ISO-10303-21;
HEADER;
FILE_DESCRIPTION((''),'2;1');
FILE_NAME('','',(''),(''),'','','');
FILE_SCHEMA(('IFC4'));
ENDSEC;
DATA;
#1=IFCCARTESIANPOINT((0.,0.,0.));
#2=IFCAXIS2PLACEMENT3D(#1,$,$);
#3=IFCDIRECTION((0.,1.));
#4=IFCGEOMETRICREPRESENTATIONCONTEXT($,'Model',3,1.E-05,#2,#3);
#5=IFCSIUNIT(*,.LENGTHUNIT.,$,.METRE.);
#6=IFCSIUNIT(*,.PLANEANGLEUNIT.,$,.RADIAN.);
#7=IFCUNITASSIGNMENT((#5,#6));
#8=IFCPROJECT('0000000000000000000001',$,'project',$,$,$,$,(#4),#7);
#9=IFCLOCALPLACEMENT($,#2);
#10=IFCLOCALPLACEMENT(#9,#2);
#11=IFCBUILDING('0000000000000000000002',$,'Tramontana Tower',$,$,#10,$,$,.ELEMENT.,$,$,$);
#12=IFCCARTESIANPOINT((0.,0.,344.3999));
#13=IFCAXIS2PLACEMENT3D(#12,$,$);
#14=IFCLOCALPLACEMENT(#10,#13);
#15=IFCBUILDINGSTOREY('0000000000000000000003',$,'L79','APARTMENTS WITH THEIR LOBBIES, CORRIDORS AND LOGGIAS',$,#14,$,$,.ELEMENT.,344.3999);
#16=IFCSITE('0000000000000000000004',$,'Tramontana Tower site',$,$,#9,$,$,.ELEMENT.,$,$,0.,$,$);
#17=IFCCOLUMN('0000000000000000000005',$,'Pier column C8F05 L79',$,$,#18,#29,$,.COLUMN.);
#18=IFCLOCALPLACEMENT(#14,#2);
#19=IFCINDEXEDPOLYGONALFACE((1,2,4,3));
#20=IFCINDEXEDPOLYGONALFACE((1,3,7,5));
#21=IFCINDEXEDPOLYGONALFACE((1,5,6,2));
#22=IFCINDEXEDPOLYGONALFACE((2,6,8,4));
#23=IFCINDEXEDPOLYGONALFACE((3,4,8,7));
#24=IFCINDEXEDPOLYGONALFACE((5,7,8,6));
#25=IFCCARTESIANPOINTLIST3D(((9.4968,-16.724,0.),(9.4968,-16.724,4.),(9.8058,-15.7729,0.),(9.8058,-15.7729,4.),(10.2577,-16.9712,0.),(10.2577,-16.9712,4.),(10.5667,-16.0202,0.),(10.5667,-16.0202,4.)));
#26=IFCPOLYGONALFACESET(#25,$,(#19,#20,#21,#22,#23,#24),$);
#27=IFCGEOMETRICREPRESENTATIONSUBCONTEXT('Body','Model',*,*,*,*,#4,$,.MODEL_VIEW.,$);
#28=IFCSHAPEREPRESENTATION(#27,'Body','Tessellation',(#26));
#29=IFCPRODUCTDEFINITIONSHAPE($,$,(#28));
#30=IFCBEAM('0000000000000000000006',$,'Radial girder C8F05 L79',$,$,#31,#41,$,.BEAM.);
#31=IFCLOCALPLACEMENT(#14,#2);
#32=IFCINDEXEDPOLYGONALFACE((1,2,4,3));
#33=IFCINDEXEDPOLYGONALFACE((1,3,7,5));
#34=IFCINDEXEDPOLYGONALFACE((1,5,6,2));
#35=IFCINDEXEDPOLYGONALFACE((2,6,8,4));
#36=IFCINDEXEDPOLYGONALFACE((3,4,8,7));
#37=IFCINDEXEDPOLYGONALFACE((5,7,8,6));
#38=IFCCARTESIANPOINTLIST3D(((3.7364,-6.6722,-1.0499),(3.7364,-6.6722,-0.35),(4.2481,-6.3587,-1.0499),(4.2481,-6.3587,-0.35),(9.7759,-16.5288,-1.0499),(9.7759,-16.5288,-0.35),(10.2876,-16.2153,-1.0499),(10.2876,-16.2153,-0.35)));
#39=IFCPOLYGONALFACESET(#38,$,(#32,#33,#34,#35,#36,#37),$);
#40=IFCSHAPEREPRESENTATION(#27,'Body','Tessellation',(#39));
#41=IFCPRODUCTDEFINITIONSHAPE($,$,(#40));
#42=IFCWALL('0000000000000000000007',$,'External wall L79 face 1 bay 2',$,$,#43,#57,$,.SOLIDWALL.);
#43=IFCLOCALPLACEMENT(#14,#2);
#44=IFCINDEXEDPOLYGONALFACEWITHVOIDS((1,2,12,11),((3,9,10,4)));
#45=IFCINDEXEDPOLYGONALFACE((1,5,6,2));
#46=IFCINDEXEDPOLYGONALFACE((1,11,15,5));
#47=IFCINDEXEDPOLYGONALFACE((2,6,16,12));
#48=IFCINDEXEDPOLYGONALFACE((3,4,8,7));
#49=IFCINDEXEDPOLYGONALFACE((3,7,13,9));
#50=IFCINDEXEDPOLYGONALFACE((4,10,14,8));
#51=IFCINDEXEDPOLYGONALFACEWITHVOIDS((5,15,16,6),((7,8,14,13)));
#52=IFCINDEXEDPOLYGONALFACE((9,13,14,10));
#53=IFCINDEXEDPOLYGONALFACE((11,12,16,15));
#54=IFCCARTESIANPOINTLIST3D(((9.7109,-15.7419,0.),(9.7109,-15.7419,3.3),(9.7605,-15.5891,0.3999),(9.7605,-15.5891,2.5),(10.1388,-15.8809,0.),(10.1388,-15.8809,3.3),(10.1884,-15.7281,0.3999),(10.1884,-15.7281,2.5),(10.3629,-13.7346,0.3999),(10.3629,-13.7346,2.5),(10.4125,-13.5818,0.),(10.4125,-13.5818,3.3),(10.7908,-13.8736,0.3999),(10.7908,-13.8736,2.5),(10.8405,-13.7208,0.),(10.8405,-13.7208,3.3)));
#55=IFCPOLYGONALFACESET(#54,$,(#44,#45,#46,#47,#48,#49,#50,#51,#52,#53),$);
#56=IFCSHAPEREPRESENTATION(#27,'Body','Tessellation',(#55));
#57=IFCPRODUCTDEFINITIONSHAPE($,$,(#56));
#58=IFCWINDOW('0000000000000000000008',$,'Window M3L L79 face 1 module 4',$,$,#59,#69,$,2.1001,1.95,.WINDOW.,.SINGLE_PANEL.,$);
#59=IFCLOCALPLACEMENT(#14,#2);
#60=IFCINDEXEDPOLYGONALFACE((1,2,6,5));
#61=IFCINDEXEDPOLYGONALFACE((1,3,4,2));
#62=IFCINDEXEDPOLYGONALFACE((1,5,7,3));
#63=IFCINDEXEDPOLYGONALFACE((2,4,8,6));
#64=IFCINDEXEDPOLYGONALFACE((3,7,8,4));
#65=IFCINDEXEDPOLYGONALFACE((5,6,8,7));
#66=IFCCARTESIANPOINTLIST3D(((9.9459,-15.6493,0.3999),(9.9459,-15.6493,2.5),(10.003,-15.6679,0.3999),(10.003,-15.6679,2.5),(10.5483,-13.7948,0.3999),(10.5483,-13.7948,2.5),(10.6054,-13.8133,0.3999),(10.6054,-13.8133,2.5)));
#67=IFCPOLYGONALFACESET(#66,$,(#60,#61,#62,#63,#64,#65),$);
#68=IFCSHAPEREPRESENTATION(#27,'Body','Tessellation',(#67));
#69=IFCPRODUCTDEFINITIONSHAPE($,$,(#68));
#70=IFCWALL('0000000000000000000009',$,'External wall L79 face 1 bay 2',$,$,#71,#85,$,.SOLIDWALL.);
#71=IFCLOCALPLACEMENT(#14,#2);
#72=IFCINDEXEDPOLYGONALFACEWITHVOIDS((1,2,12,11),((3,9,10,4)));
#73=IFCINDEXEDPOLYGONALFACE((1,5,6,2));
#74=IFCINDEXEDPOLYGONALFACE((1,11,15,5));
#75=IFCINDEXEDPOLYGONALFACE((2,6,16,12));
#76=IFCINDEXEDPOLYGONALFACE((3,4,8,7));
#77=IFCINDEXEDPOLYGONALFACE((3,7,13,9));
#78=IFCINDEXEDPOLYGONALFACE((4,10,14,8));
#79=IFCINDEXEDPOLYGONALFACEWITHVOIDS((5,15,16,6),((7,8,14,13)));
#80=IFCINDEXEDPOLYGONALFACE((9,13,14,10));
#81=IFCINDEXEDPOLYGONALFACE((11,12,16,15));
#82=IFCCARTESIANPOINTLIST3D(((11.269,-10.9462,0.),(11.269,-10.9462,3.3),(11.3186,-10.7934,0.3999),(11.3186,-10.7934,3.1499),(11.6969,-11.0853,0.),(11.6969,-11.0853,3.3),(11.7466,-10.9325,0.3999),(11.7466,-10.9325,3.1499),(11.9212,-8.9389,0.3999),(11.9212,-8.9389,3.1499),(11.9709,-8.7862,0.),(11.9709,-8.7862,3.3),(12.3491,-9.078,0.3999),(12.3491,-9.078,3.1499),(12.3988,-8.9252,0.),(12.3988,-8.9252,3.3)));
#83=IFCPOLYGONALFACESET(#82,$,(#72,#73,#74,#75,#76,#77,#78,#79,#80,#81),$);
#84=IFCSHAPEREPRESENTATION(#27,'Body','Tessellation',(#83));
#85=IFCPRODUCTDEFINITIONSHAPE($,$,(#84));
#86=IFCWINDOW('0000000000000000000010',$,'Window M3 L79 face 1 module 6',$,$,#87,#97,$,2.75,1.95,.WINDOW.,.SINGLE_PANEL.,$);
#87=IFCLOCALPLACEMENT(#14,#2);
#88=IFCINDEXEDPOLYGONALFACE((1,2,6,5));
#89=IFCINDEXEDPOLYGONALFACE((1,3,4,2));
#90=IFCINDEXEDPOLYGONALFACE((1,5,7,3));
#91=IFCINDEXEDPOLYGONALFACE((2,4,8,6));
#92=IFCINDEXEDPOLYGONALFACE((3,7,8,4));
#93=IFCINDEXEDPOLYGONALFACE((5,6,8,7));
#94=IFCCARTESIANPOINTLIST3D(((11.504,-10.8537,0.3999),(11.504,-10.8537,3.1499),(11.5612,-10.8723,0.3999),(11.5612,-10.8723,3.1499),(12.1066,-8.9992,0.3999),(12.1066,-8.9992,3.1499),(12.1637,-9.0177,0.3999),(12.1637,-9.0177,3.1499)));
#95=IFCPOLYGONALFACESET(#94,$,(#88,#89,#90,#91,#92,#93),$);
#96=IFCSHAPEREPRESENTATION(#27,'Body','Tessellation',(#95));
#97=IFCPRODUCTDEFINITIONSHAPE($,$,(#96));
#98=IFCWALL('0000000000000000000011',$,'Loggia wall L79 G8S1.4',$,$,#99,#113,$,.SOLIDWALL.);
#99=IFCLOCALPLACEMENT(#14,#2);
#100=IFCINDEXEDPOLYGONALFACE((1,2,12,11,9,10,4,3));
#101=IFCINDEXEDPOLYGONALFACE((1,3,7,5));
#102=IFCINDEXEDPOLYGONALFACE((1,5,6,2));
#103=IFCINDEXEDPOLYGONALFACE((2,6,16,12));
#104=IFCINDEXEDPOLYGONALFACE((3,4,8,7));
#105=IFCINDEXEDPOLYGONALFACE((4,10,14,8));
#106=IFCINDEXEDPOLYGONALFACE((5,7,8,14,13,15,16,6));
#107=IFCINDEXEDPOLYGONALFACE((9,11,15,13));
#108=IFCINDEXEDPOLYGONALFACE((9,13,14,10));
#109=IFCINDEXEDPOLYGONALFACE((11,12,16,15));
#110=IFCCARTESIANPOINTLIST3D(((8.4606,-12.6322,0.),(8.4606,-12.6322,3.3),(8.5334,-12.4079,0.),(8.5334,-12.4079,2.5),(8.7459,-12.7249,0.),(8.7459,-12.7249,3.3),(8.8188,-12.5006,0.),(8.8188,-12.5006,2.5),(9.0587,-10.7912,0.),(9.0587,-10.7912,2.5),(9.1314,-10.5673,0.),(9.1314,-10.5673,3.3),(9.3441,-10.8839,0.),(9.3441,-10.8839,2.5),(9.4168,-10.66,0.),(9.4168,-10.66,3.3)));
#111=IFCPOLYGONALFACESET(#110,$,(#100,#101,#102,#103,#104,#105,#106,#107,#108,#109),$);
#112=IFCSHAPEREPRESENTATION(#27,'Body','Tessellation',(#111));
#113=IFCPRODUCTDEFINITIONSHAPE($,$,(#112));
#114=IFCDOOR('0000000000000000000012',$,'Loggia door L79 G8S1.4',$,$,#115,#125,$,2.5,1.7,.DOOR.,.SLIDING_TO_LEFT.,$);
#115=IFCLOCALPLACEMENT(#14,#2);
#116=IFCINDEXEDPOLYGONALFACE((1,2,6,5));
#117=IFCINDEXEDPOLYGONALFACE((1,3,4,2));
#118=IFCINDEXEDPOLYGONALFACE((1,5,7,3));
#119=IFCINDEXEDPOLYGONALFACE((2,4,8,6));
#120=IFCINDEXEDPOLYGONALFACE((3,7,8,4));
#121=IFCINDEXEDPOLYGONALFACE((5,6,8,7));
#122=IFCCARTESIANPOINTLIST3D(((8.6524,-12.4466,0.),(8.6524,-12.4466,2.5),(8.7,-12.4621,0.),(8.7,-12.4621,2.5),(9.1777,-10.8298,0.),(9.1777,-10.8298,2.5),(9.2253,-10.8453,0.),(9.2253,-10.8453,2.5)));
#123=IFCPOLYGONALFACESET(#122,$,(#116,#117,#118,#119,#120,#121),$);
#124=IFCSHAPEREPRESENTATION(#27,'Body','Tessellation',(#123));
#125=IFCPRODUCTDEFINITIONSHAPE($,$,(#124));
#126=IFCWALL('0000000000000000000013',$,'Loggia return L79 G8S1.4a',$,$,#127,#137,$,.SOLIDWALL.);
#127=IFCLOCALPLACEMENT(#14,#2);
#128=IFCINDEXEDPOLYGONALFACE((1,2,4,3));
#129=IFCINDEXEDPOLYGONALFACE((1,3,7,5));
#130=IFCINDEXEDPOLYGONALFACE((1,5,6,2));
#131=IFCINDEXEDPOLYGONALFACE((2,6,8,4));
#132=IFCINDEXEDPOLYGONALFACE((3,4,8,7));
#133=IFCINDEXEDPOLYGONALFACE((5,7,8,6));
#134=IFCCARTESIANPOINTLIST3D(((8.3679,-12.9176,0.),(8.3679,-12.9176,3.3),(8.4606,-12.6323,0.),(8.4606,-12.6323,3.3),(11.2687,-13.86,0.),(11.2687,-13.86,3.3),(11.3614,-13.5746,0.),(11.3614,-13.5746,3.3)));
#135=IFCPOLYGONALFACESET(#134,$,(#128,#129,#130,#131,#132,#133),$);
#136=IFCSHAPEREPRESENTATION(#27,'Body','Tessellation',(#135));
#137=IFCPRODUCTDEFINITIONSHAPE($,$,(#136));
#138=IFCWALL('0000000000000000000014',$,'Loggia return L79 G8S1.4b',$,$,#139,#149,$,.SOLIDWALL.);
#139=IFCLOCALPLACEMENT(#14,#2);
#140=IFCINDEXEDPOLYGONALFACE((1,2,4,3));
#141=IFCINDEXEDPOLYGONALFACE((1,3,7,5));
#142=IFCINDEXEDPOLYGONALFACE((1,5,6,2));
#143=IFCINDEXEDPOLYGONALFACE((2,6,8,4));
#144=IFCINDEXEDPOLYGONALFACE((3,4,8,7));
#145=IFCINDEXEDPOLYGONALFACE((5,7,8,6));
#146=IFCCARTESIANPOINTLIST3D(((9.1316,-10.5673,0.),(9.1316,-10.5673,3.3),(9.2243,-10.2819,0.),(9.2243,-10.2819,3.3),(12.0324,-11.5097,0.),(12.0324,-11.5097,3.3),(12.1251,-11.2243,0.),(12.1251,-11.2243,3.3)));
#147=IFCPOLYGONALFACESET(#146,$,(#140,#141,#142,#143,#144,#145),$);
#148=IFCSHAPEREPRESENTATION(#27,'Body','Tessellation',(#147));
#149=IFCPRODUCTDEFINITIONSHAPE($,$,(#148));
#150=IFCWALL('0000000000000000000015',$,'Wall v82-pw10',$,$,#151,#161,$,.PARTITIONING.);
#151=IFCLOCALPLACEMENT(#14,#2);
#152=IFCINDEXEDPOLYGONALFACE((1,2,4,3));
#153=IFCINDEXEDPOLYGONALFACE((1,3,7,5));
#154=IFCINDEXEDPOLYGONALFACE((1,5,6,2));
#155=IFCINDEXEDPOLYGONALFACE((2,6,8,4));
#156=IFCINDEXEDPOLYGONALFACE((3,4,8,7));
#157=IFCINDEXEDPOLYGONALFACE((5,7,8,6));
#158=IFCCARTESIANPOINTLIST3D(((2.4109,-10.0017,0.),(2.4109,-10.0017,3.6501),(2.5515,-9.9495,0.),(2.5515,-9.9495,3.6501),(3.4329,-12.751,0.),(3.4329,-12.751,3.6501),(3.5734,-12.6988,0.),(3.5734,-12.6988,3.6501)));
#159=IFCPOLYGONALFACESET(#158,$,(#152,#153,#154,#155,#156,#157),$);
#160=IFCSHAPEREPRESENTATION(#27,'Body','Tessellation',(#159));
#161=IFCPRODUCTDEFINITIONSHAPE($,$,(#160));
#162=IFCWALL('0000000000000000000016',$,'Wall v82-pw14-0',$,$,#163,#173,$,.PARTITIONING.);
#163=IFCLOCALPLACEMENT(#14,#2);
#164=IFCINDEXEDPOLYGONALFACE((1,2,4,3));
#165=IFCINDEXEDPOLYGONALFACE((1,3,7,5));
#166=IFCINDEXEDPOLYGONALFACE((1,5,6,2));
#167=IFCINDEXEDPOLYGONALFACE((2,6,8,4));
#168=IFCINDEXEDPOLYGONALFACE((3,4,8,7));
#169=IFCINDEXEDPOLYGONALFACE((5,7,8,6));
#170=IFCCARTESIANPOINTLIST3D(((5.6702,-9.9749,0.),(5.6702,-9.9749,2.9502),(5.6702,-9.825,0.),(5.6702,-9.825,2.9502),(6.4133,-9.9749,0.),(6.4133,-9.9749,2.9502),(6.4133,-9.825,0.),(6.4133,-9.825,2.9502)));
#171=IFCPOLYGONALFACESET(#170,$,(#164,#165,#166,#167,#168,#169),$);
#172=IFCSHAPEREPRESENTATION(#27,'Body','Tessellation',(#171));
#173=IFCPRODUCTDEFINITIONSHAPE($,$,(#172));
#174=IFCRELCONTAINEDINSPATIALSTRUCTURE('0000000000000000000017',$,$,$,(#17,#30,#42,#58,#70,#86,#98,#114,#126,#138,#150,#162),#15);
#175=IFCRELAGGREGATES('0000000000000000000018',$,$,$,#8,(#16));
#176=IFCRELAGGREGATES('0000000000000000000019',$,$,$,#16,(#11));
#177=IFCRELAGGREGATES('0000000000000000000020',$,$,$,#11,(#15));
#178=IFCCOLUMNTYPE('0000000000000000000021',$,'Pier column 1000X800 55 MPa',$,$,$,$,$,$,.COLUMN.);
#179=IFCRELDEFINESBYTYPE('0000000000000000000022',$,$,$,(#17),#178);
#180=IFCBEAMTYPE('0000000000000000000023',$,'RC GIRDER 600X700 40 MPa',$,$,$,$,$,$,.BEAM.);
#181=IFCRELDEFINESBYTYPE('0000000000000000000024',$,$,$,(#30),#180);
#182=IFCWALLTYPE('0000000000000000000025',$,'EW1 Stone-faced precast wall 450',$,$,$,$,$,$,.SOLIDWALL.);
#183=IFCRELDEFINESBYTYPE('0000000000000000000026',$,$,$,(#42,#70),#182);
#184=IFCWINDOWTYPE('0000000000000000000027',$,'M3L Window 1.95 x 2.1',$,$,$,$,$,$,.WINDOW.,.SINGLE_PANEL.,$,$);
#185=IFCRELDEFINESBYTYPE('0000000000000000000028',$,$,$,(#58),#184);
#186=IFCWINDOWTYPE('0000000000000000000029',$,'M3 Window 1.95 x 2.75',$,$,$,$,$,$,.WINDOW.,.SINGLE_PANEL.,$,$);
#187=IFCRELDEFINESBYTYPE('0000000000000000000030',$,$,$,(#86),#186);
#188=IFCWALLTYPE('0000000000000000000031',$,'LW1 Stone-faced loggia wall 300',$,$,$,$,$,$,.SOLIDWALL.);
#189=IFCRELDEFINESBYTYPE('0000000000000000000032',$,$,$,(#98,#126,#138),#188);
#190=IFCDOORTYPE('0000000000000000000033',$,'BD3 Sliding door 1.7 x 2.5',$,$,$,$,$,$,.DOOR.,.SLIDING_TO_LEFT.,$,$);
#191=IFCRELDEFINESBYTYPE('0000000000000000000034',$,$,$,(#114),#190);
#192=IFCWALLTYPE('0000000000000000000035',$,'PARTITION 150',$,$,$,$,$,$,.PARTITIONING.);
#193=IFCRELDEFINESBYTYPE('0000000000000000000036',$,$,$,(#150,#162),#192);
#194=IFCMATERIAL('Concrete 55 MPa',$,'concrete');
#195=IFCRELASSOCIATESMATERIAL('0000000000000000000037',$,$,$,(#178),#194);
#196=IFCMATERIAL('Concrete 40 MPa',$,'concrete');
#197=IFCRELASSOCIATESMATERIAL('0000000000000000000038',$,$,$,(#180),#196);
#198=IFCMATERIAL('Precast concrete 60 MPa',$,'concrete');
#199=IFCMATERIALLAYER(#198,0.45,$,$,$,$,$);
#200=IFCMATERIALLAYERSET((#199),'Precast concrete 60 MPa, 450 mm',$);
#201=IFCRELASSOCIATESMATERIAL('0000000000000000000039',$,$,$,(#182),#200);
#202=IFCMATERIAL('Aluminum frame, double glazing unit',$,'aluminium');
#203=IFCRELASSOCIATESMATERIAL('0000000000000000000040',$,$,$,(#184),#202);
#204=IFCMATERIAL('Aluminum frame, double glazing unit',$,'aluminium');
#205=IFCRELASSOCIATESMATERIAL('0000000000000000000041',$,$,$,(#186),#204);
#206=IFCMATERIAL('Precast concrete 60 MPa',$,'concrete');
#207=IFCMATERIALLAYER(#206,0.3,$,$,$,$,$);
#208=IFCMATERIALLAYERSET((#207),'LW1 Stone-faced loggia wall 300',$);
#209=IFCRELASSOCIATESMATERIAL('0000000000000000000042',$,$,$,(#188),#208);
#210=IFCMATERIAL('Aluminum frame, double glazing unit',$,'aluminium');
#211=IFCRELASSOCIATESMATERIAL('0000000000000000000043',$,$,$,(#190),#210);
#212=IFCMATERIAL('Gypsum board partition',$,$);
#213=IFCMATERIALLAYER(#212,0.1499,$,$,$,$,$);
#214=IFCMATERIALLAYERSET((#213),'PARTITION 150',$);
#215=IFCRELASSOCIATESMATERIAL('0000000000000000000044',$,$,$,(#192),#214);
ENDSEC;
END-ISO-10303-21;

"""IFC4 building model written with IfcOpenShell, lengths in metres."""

from ifc_helpers import new_model, si_unit, direction, frame, frame_2d, origin, origin_2d, place, context, subcontext, project, spatial, rectangle, extrude, material, layer, layer_set, material_profile, profile_set, type_object, element, fill, save


model = new_model("IFC4")

# Units and contexts
model_context = context("Model", 3, precision=1e-05, world=origin(), true_north=direction((0.0, 1.0)))
body_context = subcontext(model_context, "Body", "Model", "MODEL_VIEW")
ifc_project = project(units=[si_unit("LENGTHUNIT", "METRE"), si_unit("PLANEANGLEUNIT", "RADIAN")], contexts=[model_context])

# Site, building, storey
site_placement = place(None, origin())
site = spatial("IfcSite", under=ifc_project, at=site_placement, Name="Tramontana Tower site", CompositionType="ELEMENT", RefElevation=0.0)
building_placement = place(site_placement, origin())
building = spatial("IfcBuilding", under=site, at=building_placement, Name="Tramontana Tower", CompositionType="ELEMENT")
storey_placement = place(building_placement, frame((0.0, 0.0, 344.3999)))
storey = spatial("IfcBuildingStorey", under=building, at=storey_placement, Name="L79", Description="APARTMENTS WITH THEIR LOBBIES, CORRIDORS AND LOGGIAS", CompositionType="ELEMENT", Elevation=344.3999)

# Column
ifc_material_1 = material(Name="Concrete 55 MPa", Category="concrete")
ifc_material_profile_1 = material_profile(ifc_material_1, rectangle(XDim=1.0, YDim=0.8, at=origin_2d()), Name="Pier column 1000X800 55 MPa")
ifc_profile_set_1 = profile_set([ifc_material_profile_1], Name="Concrete 55 MPa")
column_type = type_object("IfcColumnType", Name="Pier column 1000X800 55 MPa", PredefinedType="COLUMN", material=ifc_profile_set_1)
column_placement = place(storey_placement, frame((10.0317, -16.3721, 0.0), z_axis=(0.0, 0.0, 1.0), x_axis=(0.309017, 0.951057, 0.0)))
element("IfcColumn", 1, at=column_placement, inside=storey, type_object=column_type, Name="Pier column C8F05 L79", PredefinedType="COLUMN", context=body_context, shape_type="SweptSolid", body=[
    extrude(rectangle(XDim=1.0, YDim=0.8, at=origin_2d()), origin(), (0.0, 0.0, 1.0), 4.0),
])

# Beam
ifc_material_2 = material(Name="Concrete 40 MPa", Category="concrete")
ifc_material_profile_2 = material_profile(ifc_material_2, rectangle(XDim=0.6001, YDim=0.7, at=origin_2d()), Name="RC GIRDER 600X700 40 MPa")
ifc_profile_set_2 = profile_set([ifc_material_profile_2], Name="Concrete 40 MPa")
beam_type = type_object("IfcBeamType", Name="RC GIRDER 600X700 40 MPa", PredefinedType="BEAM", material=ifc_profile_set_2)
beam_placement = place(storey_placement, frame((10.0317, -16.3721, -0.7), z_axis=(-0.522459, 0.852665, 0.0), x_axis=(-0.852665, -0.522459, 0.0)))
element("IfcBeam", 2, at=beam_placement, inside=storey, type_object=beam_type, Name="Radial girder C8F05 L79", PredefinedType="BEAM", context=body_context, shape_type="SweptSolid", body=[
    extrude(rectangle(XDim=0.6001, YDim=0.7, at=origin_2d()), origin(), (0.0, 0.0, 1.0), 11.5598),
])

# Walls, openings, windows
ifc_material_3 = material(Name="Precast concrete 60 MPa", Category="concrete")
ifc_layer_1 = layer(ifc_material_3, 0.45)
ifc_layer_set_1 = layer_set([ifc_layer_1], Name="Precast concrete 60 MPa, 450 mm")
wall_type_1 = type_object("IfcWallType", Name="EW1 Stone-faced precast wall 450", PredefinedType="SOLIDWALL", material=ifc_layer_set_1)
wall_1_placement = place(storey_placement, frame((9.9248, -15.8115, 0.0), z_axis=(0.0, 0.0, 1.0), x_axis=(0.308931, 0.951085, 0.0)))
wall_1 = element("IfcWall", 3, at=wall_1_placement, inside=storey, type_object=wall_type_1, Name="External wall L79 face 1 bay 2", PredefinedType="SOLIDWALL", context=body_context, shape_type="SweptSolid", body=[
    extrude(rectangle(XDim=2.2712, YDim=0.45, at=frame_2d((1.1357, 0.0))), origin(), (0.0, 0.0, 1.0), 3.3),
])
opening_1_placement = place(wall_1_placement, frame((0.1606, 0.0, 0.3999)))
opening_1 = element("IfcOpeningElement", 4, at=opening_1_placement, cuts=wall_1, PredefinedType="OPENING", context=body_context, shape_type="SweptSolid", body=[
    extrude(rectangle(XDim=1.95, YDim=2.1001, at=frame_2d((0.9751, 1.05))), frame((0.0, 0.2349, 0.0), z_axis=(0.0, -1.0, 0.0), x_axis=(1.0, 0.0, 0.0)), (0.0, 0.0, 1.0), 0.47),
])
ifc_material_4 = material(Name="Aluminum frame, double glazing unit", Category="aluminium")
window_type_1 = type_object("IfcWindowType", Name="M3L Window 1.95 x 2.1", PartitioningType="SINGLE_PANEL", PredefinedType="WINDOW", material=ifc_material_4)
window_1_placement = place(opening_1_placement, origin())
window_1 = element("IfcWindow", 5, at=window_1_placement, inside=storey, type_object=window_type_1, Name="Window M3L L79 face 1 module 4", OverallHeight=2.1001, OverallWidth=1.95, PartitioningType="SINGLE_PANEL", PredefinedType="WINDOW", context=body_context, shape_type="SweptSolid", body=[
    extrude(rectangle(XDim=1.95, YDim=2.1001, at=frame_2d((0.9751, 1.05))), frame((0.0, 0.03, 0.0), z_axis=(0.0, -1.0, 0.0), x_axis=(1.0, 0.0, 0.0)), (0.0, 0.0, 1.0), 0.0601),
])
fill(opening_1, window_1)
wall_2_placement = place(storey_placement, frame((11.4829, -11.0159, 0.0), z_axis=(0.0, 0.0, 1.0), x_axis=(0.309028, 0.951053, 0.0)))
wall_2 = element("IfcWall", 6, at=wall_2_placement, inside=storey, type_object=wall_type_1, Name="External wall L79 face 1 bay 2", PredefinedType="SOLIDWALL", context=body_context, shape_type="SweptSolid", body=[
    extrude(rectangle(XDim=2.2712, YDim=0.45, at=frame_2d((1.1357, 0.0))), origin(), (0.0, 0.0, 1.0), 3.3),
])
opening_2_placement = place(wall_2_placement, frame((0.1606, 0.0, 0.3999)))
opening_2 = element("IfcOpeningElement", 7, at=opening_2_placement, cuts=wall_2, PredefinedType="OPENING", context=body_context, shape_type="SweptSolid", body=[
    extrude(rectangle(XDim=1.95, YDim=2.75, at=frame_2d((0.9751, 1.375))), frame((0.0, 0.2349, 0.0), z_axis=(0.0, -1.0, 0.0), x_axis=(1.0, 0.0, 0.0)), (0.0, 0.0, 1.0), 0.47),
])
ifc_material_5 = material(Name="Aluminum frame, double glazing unit", Category="aluminium")
window_type_2 = type_object("IfcWindowType", Name="M3 Window 1.95 x 2.75", PartitioningType="SINGLE_PANEL", PredefinedType="WINDOW", material=ifc_material_5)
window_2_placement = place(opening_2_placement, origin())
window_2 = element("IfcWindow", 8, at=window_2_placement, inside=storey, type_object=window_type_2, Name="Window M3 L79 face 1 module 6", OverallHeight=2.75, OverallWidth=1.95, PartitioningType="SINGLE_PANEL", PredefinedType="WINDOW", context=body_context, shape_type="SweptSolid", body=[
    extrude(rectangle(XDim=1.95, YDim=2.75, at=frame_2d((0.9751, 1.375))), frame((0.0, 0.03, 0.0), z_axis=(0.0, -1.0, 0.0), x_axis=(1.0, 0.0, 0.0)), (0.0, 0.0, 1.0), 0.0601),
])
fill(opening_2, window_2)

# Wall, opening, door
ifc_material_6 = material(Name="Precast concrete 60 MPa", Category="concrete")
ifc_layer_2 = layer(ifc_material_6, 0.3)
ifc_layer_set_2 = layer_set([ifc_layer_2], Name="LW1 Stone-faced loggia wall 300")
wall_type_2 = type_object("IfcWallType", Name="LW1 Stone-faced loggia wall 300", PredefinedType="SOLIDWALL", material=ifc_layer_set_2)
wall_3_placement = place(storey_placement, frame((8.6033, -12.6785, 0.0), z_axis=(0.0, 0.0, 1.0), x_axis=(0.309, 0.951062, 0.0)))
wall_3 = element("IfcWall", 9, at=wall_3_placement, inside=storey, type_object=wall_type_2, Name="Loggia wall L79 G8S1.4", PredefinedType="SOLIDWALL", context=body_context, shape_type="SweptSolid", body=[
    extrude(rectangle(XDim=2.1711, YDim=0.3, at=frame_2d((1.0854, 0.0))), origin(), (0.0, 0.0, 1.0), 3.3),
])
opening_3_placement = place(wall_3_placement, frame((0.2356, 0.0, 0.0)))
opening_3 = element("IfcOpeningElement", 10, at=opening_3_placement, cuts=wall_3, PredefinedType="OPENING", context=body_context, shape_type="SweptSolid", body=[
    extrude(rectangle(XDim=1.7, YDim=2.5, at=frame_2d((0.8501, 1.25))), frame((0.0, 0.1599, 0.0), z_axis=(0.0, -1.0, 0.0), x_axis=(1.0, 0.0, 0.0)), (0.0, 0.0, 1.0), 0.3201),
])
ifc_material_7 = material(Name="Aluminum frame, double glazing unit", Category="aluminium")
door_type_1 = type_object("IfcDoorType", Name="BD3 Sliding door 1.7 x 2.5", OperationType="SLIDING_TO_LEFT", PredefinedType="DOOR", material=ifc_material_7)
door_1_placement = place(opening_3_placement, origin())
door_1 = element("IfcDoor", 11, at=door_1_placement, inside=storey, type_object=door_type_1, Name="Loggia door L79 G8S1.4", OperationType="SLIDING_TO_LEFT", OverallHeight=2.5, OverallWidth=1.7, PredefinedType="DOOR", context=body_context, shape_type="SweptSolid", body=[
    extrude(rectangle(XDim=1.7, YDim=2.5, at=frame_2d((0.8501, 1.25))), frame((0.0, 0.0249, 0.0), z_axis=(0.0, -1.0, 0.0), x_axis=(1.0, 0.0, 0.0)), (0.0, 0.0, 1.0), 0.05),
])
fill(opening_3, door_1)

# Walls
for number, where, z_axis, x_axis, name in (
    (12, (11.3149, -13.7173, 0.0), (0.0, 0.0, 1.0), (-0.951073, 0.308967, 0.0), "Loggia return L79 G8S1.4a"),
    (13, (12.0786, -11.3669, 0.0), (0.0, 0.0, 1.0), (-0.951073, 0.308967, 0.0), "Loggia return L79 G8S1.4b"),
):
    element("IfcWall", number, at=place(storey_placement, frame(where, z_axis=z_axis, x_axis=x_axis)), inside=storey, type_object=wall_type_2, Name=name, PredefinedType="SOLIDWALL", context=body_context, shape_type="SweptSolid", body=[
        extrude(rectangle(XDim=3.05, YDim=0.3, at=frame_2d((1.5249, 0.0))), origin(), (0.0, 0.0, 1.0), 3.3),
    ])
ifc_material_8 = material(Name="Gypsum board partition")
ifc_layer_3 = layer(ifc_material_8, 0.1499)
ifc_layer_set_3 = layer_set([ifc_layer_3], Name="PARTITION 150")
wall_type_3 = type_object("IfcWallType", Name="PARTITION 150", PredefinedType="PARTITIONING", material=ifc_layer_set_3)
wall_4_placement = place(storey_placement, frame((2.4812, -9.9756, 0.0), z_axis=(0.0, 0.0, 1.0), x_axis=(0.348431, -0.937334, 0.0)))
element("IfcWall", 14, at=wall_4_placement, inside=storey, type_object=wall_type_3, Name="Wall v82-pw10", PredefinedType="PARTITIONING", context=body_context, shape_type="SweptSolid", body=[
    extrude(rectangle(XDim=2.9331, YDim=0.1499, at=frame_2d((1.4666, 0.0))), origin(), (0.0, 0.0, 1.0), 3.6501),
])
wall_5_placement = place(storey_placement, frame((6.4133, -9.8999, 0.0), z_axis=(0.0, 0.0, 1.0), x_axis=(-1.0, 0.0, 0.0)))
element("IfcWall", 15, at=wall_5_placement, inside=storey, type_object=wall_type_3, Name="Wall v82-pw14-0", PredefinedType="PARTITIONING", context=body_context, shape_type="SweptSolid", body=[
    extrude(rectangle(XDim=0.7432, YDim=0.1499, at=frame_2d((0.3716, 0.0))), origin(), (0.0, 0.0, 1.0), 2.9502),
])

save(model, "model.ifc")
